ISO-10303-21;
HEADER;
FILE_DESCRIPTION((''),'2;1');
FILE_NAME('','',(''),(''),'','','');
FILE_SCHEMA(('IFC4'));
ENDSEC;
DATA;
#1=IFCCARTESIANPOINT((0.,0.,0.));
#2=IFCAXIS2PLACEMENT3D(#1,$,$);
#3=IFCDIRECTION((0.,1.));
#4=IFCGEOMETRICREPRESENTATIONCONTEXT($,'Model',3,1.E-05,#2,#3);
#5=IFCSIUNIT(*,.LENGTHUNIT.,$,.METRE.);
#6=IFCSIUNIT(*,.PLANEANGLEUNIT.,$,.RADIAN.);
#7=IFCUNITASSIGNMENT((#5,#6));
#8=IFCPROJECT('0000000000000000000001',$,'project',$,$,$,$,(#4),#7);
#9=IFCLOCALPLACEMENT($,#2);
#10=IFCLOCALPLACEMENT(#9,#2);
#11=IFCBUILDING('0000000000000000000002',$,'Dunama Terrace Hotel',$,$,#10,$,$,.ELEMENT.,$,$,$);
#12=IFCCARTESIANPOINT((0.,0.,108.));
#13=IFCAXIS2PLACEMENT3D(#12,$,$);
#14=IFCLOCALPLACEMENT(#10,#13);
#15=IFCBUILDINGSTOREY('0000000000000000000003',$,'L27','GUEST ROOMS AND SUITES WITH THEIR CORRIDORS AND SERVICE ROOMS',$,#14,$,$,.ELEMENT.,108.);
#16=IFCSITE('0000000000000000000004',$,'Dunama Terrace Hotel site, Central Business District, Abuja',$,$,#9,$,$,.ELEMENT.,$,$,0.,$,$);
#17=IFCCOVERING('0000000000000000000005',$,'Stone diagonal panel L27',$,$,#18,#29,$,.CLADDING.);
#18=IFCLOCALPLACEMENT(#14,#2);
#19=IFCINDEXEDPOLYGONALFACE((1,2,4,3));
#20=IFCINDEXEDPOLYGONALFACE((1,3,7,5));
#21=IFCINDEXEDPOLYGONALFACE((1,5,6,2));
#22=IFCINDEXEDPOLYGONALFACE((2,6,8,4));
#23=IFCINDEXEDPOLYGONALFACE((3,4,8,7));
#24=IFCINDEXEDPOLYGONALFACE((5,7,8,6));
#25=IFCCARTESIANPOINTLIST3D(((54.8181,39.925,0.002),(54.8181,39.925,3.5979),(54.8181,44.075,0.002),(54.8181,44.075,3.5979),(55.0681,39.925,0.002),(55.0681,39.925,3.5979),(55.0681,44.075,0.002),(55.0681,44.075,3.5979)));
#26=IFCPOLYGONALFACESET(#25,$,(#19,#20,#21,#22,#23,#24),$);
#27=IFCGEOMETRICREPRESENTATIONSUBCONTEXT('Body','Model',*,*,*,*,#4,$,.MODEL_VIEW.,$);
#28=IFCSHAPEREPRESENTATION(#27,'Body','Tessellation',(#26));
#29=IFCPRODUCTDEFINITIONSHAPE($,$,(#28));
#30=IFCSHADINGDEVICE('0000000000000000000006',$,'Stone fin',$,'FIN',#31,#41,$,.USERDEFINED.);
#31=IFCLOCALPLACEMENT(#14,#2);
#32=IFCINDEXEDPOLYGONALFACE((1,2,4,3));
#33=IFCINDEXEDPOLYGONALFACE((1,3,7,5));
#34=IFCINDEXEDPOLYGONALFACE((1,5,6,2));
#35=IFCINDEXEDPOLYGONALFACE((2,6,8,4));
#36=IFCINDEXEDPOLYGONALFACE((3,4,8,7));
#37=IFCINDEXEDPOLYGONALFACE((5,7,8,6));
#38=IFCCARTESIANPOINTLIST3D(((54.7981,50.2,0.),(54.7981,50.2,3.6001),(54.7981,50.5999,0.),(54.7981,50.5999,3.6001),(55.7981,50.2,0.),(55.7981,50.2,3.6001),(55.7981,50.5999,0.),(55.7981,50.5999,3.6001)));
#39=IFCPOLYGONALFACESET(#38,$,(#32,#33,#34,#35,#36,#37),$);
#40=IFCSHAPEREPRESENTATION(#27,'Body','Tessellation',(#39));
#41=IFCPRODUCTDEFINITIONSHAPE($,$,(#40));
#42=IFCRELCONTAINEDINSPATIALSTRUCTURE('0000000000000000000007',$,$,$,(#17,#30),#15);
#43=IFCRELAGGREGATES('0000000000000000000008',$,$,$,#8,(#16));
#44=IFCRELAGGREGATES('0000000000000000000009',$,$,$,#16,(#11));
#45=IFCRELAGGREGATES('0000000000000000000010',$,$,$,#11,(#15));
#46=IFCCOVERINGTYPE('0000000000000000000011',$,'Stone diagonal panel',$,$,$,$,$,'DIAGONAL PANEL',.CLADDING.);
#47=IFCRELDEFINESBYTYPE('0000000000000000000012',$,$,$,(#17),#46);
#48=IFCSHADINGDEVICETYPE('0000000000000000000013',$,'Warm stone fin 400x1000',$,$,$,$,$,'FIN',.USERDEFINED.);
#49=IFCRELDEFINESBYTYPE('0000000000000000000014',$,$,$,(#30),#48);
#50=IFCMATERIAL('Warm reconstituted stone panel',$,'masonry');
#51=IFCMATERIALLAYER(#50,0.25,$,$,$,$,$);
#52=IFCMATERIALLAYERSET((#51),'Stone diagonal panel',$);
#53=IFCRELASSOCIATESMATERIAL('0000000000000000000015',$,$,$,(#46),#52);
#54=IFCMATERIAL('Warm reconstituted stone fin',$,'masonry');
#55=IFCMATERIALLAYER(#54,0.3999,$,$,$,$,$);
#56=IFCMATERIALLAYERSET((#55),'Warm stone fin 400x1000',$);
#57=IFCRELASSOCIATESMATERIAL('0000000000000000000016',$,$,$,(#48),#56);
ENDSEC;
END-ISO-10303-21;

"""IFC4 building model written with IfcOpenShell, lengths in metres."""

from ifc_helpers import new_model, si_unit, direction, frame, origin, origin_2d, place, context, subcontext, project, spatial, rectangle, extrude, material, layer, layer_set, type_object, element, save


model = new_model("IFC4")

# Units and contexts
model_context = context("Model", 3, precision=1e-05, world=origin(), true_north=direction((0.0, 1.0)))
body_context = subcontext(model_context, "Body", "Model", "MODEL_VIEW")
ifc_project = project(units=[si_unit("LENGTHUNIT", "METRE"), si_unit("PLANEANGLEUNIT", "RADIAN")], contexts=[model_context])

# Site, building, storey
site_placement = place(None, origin())
site = spatial("IfcSite", under=ifc_project, at=site_placement, Name="Dunama Terrace Hotel site, Central Business District, Abuja", CompositionType="ELEMENT", RefElevation=0.0)
building_placement = place(site_placement, origin())
building = spatial("IfcBuilding", under=site, at=building_placement, Name="Dunama Terrace Hotel", CompositionType="ELEMENT")
storey_placement = place(building_placement, frame((0.0, 0.0, 108.0)))
storey = spatial("IfcBuildingStorey", under=building, at=storey_placement, Name="L27", Description="GUEST ROOMS AND SUITES WITH THEIR CORRIDORS AND SERVICE ROOMS", CompositionType="ELEMENT", Elevation=108.0)

# Covering
ifc_material_1 = material(Name="Warm reconstituted stone panel", Category="masonry")
ifc_layer_1 = layer(ifc_material_1, 0.25)
ifc_layer_set_1 = layer_set([ifc_layer_1], Name="Stone diagonal panel")
covering_type = type_object("IfcCoveringType", Name="Stone diagonal panel", ElementType="DIAGONAL PANEL", PredefinedType="CLADDING", material=ifc_layer_set_1)
covering_placement = place(storey_placement, frame((54.9431, 42.0, 0.002), z_axis=(0.0, 0.0, 1.0), x_axis=(0.0, 1.0, 0.0)))
element("IfcCovering", 1, at=covering_placement, inside=storey, type_object=covering_type, Name="Stone diagonal panel L27", PredefinedType="CLADDING", context=body_context, shape_type="SweptSolid", body=[
    extrude(rectangle(XDim=4.1499, YDim=0.25, at=origin_2d()), origin(), (0.0, 0.0, 1.0), 3.5959),
])

# Shading device
ifc_material_2 = material(Name="Warm reconstituted stone fin", Category="masonry")
ifc_layer_2 = layer(ifc_material_2, 0.3999)
ifc_layer_set_2 = layer_set([ifc_layer_2], Name="Warm stone fin 400x1000")
shading_device_type = type_object("IfcShadingDeviceType", Name="Warm stone fin 400x1000", ElementType="FIN", PredefinedType="USERDEFINED", material=ifc_layer_set_2)
shading_device_placement = place(storey_placement, frame((55.2981, 50.3999, 0.0), z_axis=(0.0, 0.0, 1.0), x_axis=(0.0, 1.0, 0.0)))
element("IfcShadingDevice", 2, at=shading_device_placement, inside=storey, type_object=shading_device_type, Name="Stone fin", ObjectType="FIN", PredefinedType="USERDEFINED", context=body_context, shape_type="SweptSolid", body=[
    extrude(rectangle(XDim=0.3999, YDim=1.0, at=origin_2d()), origin(), (0.0, 0.0, 1.0), 3.6001),
])

save(model, "model.ifc")
